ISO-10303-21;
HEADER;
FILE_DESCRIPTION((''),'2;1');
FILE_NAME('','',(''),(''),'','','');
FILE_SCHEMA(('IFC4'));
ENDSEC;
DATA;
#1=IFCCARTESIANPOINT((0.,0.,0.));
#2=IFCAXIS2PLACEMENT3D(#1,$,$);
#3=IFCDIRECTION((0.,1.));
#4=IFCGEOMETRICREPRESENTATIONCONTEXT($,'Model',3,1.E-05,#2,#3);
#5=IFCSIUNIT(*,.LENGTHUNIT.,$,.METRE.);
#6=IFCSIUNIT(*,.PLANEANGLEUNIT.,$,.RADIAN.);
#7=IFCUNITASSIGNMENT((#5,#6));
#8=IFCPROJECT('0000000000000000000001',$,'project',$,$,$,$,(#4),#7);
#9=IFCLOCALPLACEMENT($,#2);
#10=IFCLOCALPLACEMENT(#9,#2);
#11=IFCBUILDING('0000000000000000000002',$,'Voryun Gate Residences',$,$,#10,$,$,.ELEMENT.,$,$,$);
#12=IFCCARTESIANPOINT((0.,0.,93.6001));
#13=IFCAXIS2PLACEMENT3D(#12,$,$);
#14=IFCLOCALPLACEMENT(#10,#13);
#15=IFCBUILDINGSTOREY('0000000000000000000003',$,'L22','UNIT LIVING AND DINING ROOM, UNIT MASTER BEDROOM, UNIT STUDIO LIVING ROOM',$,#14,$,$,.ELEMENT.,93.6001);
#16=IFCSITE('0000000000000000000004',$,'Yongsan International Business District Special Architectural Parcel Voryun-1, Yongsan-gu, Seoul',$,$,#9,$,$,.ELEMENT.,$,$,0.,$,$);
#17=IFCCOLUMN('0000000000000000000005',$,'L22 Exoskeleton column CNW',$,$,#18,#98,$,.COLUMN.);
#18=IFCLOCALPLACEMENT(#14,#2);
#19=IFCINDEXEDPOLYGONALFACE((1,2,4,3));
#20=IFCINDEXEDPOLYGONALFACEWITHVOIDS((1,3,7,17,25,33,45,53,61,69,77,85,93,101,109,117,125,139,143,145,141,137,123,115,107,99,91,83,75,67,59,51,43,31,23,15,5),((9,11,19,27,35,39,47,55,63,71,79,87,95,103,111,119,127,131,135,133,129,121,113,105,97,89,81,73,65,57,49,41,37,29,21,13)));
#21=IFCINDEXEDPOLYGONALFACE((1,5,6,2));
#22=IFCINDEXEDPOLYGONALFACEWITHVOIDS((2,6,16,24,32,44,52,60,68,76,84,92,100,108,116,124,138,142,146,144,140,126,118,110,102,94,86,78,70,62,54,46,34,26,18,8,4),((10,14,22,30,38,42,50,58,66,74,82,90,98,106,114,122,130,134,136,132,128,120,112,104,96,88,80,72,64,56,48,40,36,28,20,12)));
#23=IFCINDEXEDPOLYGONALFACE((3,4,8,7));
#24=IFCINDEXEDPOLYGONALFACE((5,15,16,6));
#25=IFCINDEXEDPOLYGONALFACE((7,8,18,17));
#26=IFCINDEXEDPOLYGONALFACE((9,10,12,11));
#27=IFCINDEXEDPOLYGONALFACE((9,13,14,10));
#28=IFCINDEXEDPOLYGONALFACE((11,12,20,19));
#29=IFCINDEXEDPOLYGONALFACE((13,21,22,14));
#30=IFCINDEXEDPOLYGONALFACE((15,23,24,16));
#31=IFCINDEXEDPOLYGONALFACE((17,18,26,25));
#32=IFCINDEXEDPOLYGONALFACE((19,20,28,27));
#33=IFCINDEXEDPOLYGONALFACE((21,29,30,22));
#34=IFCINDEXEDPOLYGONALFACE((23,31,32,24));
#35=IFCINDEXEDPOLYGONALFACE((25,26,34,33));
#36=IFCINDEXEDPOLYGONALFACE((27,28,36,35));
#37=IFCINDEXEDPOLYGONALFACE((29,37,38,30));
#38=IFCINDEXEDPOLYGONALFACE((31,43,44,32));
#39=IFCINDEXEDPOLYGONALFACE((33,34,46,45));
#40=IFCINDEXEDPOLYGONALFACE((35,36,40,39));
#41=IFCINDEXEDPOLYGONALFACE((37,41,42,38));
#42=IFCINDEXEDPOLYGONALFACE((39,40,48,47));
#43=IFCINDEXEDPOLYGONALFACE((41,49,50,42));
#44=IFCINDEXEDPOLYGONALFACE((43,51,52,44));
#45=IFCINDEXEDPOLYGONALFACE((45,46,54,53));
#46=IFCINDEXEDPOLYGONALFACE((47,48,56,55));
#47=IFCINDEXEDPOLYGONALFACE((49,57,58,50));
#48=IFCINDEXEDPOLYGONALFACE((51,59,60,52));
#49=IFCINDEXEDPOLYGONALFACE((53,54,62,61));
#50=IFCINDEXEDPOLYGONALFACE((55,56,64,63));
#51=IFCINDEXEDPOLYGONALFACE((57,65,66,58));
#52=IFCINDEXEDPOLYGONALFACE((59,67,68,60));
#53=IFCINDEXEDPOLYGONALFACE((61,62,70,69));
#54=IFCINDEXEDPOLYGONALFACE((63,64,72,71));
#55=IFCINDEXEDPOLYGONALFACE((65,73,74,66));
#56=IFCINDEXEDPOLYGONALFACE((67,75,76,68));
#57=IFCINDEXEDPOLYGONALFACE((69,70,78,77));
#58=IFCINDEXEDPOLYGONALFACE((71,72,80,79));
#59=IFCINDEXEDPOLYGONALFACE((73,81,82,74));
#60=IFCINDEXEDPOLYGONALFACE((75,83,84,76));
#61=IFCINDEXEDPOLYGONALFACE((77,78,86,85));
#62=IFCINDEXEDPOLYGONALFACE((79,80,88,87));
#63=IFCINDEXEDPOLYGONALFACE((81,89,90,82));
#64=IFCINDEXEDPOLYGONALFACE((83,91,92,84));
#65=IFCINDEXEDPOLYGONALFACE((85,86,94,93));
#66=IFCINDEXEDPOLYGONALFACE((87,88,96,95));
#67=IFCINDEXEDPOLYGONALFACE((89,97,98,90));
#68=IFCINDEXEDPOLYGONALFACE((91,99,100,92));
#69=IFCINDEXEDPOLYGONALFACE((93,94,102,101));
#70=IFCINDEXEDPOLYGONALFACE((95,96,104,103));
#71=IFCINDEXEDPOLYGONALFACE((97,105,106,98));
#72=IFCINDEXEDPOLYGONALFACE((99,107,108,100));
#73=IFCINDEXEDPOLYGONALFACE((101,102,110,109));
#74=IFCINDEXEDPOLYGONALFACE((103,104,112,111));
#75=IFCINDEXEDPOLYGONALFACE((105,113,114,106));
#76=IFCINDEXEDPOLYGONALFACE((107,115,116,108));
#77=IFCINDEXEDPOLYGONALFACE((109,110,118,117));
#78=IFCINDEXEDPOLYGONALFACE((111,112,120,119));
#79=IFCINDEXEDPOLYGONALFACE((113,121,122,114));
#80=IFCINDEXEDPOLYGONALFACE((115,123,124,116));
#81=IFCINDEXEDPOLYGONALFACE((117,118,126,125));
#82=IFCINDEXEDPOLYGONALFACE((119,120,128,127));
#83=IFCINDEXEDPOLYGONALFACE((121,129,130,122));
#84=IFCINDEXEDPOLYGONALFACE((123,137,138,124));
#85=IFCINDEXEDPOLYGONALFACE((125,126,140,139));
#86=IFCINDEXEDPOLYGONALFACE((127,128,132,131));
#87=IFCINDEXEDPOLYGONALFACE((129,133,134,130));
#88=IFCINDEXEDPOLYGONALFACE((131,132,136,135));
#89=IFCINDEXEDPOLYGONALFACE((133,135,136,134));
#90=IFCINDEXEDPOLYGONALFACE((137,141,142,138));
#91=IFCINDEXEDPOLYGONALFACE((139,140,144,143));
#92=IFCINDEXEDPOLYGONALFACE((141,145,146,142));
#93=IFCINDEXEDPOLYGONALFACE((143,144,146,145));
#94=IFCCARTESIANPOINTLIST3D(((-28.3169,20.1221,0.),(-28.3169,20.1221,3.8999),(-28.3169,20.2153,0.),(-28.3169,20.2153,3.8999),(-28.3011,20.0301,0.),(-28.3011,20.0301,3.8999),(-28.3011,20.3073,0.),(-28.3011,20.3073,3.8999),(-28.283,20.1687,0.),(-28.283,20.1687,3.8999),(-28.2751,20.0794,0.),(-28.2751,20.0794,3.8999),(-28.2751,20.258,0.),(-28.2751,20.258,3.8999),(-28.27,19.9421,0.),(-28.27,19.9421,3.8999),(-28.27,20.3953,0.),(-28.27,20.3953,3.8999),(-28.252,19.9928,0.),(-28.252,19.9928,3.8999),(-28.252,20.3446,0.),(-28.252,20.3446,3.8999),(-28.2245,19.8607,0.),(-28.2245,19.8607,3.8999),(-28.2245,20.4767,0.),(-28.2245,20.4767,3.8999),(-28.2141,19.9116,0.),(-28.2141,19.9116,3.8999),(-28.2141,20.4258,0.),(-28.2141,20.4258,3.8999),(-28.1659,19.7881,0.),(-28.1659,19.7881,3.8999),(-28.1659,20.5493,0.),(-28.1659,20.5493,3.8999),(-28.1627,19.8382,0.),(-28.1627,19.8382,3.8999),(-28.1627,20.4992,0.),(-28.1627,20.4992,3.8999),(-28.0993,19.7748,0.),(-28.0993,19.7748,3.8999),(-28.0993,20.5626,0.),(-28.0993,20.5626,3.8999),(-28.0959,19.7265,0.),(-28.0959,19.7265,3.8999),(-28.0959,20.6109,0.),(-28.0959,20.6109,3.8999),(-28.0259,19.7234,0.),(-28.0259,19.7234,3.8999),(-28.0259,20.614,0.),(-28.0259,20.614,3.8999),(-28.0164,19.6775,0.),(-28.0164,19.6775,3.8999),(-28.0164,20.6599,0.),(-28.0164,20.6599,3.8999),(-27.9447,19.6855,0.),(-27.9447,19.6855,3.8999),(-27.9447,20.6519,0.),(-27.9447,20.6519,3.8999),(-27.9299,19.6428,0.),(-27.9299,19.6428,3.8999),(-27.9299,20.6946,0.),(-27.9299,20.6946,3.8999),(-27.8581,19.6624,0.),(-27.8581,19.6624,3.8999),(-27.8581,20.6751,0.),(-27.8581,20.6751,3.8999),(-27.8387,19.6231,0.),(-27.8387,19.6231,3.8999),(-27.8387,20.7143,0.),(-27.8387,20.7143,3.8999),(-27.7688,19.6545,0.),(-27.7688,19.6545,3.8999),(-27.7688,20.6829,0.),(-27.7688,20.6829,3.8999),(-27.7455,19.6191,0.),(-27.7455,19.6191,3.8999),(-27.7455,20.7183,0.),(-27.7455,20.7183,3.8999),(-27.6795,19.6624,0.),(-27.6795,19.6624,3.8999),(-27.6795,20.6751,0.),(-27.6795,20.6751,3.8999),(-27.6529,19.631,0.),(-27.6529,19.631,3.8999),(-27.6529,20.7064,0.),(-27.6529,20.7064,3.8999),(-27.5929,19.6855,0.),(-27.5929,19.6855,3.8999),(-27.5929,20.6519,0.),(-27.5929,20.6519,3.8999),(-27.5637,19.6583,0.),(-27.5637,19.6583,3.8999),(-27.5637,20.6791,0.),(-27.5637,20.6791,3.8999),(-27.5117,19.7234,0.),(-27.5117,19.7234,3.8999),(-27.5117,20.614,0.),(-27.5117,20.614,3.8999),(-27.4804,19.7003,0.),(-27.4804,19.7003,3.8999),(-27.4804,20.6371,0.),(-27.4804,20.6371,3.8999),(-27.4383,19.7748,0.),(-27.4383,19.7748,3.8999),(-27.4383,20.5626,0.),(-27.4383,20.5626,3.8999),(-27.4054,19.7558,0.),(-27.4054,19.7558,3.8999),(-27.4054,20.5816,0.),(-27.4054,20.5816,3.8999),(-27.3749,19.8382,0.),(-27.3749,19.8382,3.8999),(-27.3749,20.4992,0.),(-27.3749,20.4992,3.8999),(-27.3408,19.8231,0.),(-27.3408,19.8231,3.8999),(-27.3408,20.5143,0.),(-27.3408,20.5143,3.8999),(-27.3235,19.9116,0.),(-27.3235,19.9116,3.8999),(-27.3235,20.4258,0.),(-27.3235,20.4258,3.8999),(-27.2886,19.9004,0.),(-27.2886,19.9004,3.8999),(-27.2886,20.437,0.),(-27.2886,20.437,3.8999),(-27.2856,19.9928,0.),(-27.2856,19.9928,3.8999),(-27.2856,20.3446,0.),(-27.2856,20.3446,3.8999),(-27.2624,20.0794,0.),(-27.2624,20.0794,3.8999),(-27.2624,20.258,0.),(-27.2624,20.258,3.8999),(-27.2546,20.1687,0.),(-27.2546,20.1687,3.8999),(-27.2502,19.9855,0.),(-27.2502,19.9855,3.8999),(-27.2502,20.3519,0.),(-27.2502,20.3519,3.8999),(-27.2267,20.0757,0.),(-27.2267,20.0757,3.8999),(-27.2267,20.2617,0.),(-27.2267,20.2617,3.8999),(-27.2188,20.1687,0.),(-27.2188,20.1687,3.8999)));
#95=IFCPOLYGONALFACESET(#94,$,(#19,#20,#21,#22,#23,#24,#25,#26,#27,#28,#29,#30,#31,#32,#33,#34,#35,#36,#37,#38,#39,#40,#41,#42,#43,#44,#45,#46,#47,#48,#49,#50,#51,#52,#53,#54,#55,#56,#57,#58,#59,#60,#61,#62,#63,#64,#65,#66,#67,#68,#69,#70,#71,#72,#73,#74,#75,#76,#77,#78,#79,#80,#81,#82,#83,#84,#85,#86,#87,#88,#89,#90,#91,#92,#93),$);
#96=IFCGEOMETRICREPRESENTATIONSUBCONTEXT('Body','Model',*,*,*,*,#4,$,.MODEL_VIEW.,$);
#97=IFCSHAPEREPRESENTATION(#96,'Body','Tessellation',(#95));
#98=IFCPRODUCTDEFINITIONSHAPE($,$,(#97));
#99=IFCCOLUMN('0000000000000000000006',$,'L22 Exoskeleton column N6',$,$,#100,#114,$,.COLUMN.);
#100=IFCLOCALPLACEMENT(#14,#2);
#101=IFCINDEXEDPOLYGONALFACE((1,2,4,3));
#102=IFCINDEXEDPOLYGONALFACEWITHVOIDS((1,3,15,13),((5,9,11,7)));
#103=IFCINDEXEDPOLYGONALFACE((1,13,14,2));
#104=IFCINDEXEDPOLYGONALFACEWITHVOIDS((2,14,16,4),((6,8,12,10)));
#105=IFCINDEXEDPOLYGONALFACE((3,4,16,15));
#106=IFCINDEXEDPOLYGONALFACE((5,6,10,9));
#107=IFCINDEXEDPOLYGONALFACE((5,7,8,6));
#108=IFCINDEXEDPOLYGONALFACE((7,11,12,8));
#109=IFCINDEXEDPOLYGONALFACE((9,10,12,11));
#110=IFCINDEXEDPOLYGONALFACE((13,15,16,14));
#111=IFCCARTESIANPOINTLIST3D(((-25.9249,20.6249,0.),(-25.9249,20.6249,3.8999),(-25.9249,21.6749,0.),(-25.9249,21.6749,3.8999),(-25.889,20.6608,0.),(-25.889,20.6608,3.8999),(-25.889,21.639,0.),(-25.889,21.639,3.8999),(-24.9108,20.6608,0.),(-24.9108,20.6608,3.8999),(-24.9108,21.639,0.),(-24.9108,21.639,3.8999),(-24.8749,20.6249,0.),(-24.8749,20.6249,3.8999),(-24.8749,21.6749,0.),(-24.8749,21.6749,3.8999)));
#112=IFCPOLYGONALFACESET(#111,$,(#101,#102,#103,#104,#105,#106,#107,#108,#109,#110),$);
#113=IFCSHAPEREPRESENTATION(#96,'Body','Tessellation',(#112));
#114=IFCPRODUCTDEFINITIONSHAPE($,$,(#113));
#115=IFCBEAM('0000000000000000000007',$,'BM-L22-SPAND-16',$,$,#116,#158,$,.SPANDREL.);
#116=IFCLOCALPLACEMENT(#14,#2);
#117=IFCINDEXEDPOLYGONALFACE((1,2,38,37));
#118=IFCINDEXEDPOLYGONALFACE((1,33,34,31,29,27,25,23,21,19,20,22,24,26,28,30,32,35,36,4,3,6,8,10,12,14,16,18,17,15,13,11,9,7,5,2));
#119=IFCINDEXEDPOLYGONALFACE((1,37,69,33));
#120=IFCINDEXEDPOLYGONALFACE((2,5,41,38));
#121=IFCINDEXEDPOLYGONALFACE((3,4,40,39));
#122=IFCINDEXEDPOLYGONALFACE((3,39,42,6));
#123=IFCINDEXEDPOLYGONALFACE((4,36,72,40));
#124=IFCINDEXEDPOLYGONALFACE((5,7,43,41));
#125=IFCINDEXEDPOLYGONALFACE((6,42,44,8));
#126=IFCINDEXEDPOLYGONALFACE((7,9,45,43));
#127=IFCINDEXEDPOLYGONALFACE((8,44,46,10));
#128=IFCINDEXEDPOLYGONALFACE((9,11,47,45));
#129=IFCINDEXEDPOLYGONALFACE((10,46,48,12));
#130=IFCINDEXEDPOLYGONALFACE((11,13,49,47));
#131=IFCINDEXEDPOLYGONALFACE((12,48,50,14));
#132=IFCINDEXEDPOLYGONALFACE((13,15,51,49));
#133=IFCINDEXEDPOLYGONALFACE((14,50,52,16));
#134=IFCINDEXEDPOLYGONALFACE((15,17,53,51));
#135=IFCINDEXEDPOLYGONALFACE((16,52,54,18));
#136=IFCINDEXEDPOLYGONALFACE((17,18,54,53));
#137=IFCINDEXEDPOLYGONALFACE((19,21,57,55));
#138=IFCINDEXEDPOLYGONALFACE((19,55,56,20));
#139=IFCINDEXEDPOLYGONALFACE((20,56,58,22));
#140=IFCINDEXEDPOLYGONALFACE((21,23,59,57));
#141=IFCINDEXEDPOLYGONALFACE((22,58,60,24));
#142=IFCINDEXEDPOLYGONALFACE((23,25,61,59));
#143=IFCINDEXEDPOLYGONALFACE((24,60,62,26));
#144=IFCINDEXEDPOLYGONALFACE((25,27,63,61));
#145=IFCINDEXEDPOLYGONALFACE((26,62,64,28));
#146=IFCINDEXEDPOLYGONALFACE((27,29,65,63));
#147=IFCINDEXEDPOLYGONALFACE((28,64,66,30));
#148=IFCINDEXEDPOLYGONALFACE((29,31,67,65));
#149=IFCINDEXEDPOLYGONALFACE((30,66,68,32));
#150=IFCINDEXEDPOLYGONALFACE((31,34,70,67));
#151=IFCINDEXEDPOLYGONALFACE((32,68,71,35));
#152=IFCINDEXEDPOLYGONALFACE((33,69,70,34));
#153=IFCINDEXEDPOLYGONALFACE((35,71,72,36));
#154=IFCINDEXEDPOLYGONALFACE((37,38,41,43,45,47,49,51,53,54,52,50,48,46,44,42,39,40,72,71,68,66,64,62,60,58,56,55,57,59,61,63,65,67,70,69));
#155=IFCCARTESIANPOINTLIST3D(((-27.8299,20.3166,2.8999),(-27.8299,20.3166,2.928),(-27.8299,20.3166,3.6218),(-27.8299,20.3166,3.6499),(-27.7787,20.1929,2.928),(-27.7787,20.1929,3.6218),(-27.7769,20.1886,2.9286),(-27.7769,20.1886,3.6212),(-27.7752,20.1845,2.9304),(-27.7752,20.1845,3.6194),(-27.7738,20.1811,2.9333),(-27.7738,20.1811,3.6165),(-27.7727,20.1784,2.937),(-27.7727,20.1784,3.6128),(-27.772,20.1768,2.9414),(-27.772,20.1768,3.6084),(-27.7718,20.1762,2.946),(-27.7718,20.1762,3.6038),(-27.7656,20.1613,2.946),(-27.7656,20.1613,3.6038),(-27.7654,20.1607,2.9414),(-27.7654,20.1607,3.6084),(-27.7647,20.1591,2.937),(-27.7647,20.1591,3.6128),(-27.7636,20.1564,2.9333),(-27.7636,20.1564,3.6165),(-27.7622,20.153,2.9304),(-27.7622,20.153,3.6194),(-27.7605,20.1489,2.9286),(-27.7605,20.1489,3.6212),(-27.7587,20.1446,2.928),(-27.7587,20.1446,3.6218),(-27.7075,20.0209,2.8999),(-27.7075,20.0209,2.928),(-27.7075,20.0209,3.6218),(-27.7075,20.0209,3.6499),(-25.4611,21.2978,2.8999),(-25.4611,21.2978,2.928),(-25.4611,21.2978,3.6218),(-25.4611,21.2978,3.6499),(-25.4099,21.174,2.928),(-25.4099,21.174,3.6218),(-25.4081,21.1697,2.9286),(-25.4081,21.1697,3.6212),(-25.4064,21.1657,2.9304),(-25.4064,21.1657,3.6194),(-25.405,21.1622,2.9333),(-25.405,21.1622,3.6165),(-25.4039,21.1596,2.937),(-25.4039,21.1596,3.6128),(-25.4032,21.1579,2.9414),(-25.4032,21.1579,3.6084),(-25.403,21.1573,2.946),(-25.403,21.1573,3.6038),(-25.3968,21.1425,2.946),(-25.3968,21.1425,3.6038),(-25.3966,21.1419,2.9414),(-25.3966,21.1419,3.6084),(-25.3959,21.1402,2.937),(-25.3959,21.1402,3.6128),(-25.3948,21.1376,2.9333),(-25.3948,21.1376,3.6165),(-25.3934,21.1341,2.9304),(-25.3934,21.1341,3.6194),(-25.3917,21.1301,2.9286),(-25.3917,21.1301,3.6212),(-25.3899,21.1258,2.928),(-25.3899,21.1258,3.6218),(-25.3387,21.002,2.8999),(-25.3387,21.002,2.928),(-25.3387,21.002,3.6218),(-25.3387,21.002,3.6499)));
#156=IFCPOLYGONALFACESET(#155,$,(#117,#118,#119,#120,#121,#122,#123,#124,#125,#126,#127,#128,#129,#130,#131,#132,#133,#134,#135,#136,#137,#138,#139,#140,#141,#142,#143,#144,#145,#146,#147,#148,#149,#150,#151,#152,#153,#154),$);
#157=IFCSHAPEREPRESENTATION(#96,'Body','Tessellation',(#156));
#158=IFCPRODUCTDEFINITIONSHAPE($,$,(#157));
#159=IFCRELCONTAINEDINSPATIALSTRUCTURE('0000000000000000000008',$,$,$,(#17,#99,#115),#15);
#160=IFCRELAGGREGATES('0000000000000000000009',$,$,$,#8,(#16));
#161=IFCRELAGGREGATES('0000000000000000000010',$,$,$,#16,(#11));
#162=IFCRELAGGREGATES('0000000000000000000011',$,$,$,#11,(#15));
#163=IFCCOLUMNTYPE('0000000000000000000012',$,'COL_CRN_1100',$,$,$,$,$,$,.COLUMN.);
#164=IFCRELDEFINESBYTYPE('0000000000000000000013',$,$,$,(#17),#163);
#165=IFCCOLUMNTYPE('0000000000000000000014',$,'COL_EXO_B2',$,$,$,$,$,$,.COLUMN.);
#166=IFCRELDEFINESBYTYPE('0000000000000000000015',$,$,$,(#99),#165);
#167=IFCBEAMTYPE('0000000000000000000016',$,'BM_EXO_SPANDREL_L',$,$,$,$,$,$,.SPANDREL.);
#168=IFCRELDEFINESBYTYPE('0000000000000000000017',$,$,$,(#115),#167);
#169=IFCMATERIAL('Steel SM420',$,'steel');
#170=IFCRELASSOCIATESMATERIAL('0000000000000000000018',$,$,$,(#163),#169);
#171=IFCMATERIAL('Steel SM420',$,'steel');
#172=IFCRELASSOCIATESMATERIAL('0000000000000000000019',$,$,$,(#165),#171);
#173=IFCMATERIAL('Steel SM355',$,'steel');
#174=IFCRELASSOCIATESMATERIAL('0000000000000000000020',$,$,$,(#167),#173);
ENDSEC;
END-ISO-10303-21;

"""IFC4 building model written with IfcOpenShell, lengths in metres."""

from ifc_helpers import new_model, si_unit, direction, frame, origin, origin_2d, place, context, subcontext, project, spatial, hollow_rectangle, hollow_circle, i_section, extrude, material, material_profile, profile_set, type_object, element, save


model = new_model("IFC4")

# Units and contexts
model_context = context("Model", 3, precision=1e-05, world=origin(), true_north=direction((0.0, 1.0)))
body_context = subcontext(model_context, "Body", "Model", "MODEL_VIEW")
ifc_project = project(units=[si_unit("LENGTHUNIT", "METRE"), si_unit("PLANEANGLEUNIT", "RADIAN")], contexts=[model_context])

# Site, building, storey
site_placement = place(None, origin())
site = spatial("IfcSite", under=ifc_project, at=site_placement, Name="Yongsan International Business District Special Architectural Parcel Voryun-1, Yongsan-gu, Seoul", CompositionType="ELEMENT", RefElevation=0.0)
building_placement = place(site_placement, origin())
building = spatial("IfcBuilding", under=site, at=building_placement, Name="Voryun Gate Residences", CompositionType="ELEMENT")
storey_placement = place(building_placement, frame((0.0, 0.0, 93.6001)))
storey = spatial("IfcBuildingStorey", under=building, at=storey_placement, Name="L22", Description="UNIT LIVING AND DINING ROOM, UNIT MASTER BEDROOM, UNIT STUDIO LIVING ROOM", CompositionType="ELEMENT", Elevation=93.6001)

# Columns
ifc_material_1 = material(Name="Steel SM420", Category="steel")
ifc_material_profile_1 = material_profile(ifc_material_1, hollow_circle(Radius=0.55, WallThickness=0.0359, at=origin_2d()), Name="CHS-1100x36")
ifc_profile_set_1 = profile_set([ifc_material_profile_1], Name="Steel SM420")
column_type_1 = type_object("IfcColumnType", Name="COL_CRN_1100", PredefinedType="COLUMN", material=ifc_profile_set_1)
column_1_placement = place(storey_placement, frame((-27.7688, 20.1687, 0.0), z_axis=(0.0, 0.0, 1.0), x_axis=(1.0, 0.0, 0.0)))
element("IfcColumn", 1, at=column_1_placement, inside=storey, type_object=column_type_1, Name="L22 Exoskeleton column CNW", PredefinedType="COLUMN", context=body_context, shape_type="SweptSolid", body=[
    extrude(hollow_circle(Radius=0.55, WallThickness=0.0359, at=origin_2d()), origin(), (0.0, 0.0, 1.0), 3.8999),
])
ifc_material_2 = material(Name="Steel SM420", Category="steel")
ifc_material_profile_2 = material_profile(ifc_material_2, hollow_rectangle(XDim=1.05, YDim=1.05, WallThickness=0.0359, at=origin_2d()), Name="BOX-1050x1050x36")
ifc_profile_set_2 = profile_set([ifc_material_profile_2], Name="Steel SM420")
column_type_2 = type_object("IfcColumnType", Name="COL_EXO_B2", PredefinedType="COLUMN", material=ifc_profile_set_2)
column_2_placement = place(storey_placement, frame((-25.3999, 21.1499, 0.0), z_axis=(0.0, 0.0, 1.0), x_axis=(1.0, 0.0, 0.0)))
element("IfcColumn", 2, at=column_2_placement, inside=storey, type_object=column_type_2, Name="L22 Exoskeleton column N6", PredefinedType="COLUMN", context=body_context, shape_type="SweptSolid", body=[
    extrude(hollow_rectangle(XDim=1.05, YDim=1.05, WallThickness=0.0359, at=origin_2d()), origin(), (0.0, 0.0, 1.0), 3.8999),
])

# Beam
ifc_material_3 = material(Name="Steel SM355", Category="steel")
ifc_material_profile_3 = material_profile(ifc_material_3, i_section(OverallWidth=0.3201, OverallDepth=0.75, WebThickness=0.0161, FlangeThickness=0.0281, FilletRadius=0.0181, at=origin_2d()), Name="H-750x320x16x28")
ifc_profile_set_3 = profile_set([ifc_material_profile_3], Name="Steel SM355")
beam_type = type_object("IfcBeamType", Name="BM_EXO_SPANDREL_L", PredefinedType="SPANDREL", material=ifc_profile_set_3)
beam_1_placement = place(storey_placement, frame((-25.3999, 21.1499, 3.2749), z_axis=(-0.923883, -0.382674, 0.0), x_axis=(0.382674, -0.923883, 0.0)))
element("IfcBeam", 3, at=beam_1_placement, inside=storey, type_object=beam_type, Name="BM-L22-SPAND-16", PredefinedType="SPANDREL", context=body_context, shape_type="SweptSolid", body=[
    extrude(i_section(OverallWidth=0.3201, OverallDepth=0.75, WebThickness=0.0161, FlangeThickness=0.0281, FilletRadius=0.0181, at=origin_2d()), origin(), (0.0, 0.0, 1.0), 2.564),
])

save(model, "model.ifc")
